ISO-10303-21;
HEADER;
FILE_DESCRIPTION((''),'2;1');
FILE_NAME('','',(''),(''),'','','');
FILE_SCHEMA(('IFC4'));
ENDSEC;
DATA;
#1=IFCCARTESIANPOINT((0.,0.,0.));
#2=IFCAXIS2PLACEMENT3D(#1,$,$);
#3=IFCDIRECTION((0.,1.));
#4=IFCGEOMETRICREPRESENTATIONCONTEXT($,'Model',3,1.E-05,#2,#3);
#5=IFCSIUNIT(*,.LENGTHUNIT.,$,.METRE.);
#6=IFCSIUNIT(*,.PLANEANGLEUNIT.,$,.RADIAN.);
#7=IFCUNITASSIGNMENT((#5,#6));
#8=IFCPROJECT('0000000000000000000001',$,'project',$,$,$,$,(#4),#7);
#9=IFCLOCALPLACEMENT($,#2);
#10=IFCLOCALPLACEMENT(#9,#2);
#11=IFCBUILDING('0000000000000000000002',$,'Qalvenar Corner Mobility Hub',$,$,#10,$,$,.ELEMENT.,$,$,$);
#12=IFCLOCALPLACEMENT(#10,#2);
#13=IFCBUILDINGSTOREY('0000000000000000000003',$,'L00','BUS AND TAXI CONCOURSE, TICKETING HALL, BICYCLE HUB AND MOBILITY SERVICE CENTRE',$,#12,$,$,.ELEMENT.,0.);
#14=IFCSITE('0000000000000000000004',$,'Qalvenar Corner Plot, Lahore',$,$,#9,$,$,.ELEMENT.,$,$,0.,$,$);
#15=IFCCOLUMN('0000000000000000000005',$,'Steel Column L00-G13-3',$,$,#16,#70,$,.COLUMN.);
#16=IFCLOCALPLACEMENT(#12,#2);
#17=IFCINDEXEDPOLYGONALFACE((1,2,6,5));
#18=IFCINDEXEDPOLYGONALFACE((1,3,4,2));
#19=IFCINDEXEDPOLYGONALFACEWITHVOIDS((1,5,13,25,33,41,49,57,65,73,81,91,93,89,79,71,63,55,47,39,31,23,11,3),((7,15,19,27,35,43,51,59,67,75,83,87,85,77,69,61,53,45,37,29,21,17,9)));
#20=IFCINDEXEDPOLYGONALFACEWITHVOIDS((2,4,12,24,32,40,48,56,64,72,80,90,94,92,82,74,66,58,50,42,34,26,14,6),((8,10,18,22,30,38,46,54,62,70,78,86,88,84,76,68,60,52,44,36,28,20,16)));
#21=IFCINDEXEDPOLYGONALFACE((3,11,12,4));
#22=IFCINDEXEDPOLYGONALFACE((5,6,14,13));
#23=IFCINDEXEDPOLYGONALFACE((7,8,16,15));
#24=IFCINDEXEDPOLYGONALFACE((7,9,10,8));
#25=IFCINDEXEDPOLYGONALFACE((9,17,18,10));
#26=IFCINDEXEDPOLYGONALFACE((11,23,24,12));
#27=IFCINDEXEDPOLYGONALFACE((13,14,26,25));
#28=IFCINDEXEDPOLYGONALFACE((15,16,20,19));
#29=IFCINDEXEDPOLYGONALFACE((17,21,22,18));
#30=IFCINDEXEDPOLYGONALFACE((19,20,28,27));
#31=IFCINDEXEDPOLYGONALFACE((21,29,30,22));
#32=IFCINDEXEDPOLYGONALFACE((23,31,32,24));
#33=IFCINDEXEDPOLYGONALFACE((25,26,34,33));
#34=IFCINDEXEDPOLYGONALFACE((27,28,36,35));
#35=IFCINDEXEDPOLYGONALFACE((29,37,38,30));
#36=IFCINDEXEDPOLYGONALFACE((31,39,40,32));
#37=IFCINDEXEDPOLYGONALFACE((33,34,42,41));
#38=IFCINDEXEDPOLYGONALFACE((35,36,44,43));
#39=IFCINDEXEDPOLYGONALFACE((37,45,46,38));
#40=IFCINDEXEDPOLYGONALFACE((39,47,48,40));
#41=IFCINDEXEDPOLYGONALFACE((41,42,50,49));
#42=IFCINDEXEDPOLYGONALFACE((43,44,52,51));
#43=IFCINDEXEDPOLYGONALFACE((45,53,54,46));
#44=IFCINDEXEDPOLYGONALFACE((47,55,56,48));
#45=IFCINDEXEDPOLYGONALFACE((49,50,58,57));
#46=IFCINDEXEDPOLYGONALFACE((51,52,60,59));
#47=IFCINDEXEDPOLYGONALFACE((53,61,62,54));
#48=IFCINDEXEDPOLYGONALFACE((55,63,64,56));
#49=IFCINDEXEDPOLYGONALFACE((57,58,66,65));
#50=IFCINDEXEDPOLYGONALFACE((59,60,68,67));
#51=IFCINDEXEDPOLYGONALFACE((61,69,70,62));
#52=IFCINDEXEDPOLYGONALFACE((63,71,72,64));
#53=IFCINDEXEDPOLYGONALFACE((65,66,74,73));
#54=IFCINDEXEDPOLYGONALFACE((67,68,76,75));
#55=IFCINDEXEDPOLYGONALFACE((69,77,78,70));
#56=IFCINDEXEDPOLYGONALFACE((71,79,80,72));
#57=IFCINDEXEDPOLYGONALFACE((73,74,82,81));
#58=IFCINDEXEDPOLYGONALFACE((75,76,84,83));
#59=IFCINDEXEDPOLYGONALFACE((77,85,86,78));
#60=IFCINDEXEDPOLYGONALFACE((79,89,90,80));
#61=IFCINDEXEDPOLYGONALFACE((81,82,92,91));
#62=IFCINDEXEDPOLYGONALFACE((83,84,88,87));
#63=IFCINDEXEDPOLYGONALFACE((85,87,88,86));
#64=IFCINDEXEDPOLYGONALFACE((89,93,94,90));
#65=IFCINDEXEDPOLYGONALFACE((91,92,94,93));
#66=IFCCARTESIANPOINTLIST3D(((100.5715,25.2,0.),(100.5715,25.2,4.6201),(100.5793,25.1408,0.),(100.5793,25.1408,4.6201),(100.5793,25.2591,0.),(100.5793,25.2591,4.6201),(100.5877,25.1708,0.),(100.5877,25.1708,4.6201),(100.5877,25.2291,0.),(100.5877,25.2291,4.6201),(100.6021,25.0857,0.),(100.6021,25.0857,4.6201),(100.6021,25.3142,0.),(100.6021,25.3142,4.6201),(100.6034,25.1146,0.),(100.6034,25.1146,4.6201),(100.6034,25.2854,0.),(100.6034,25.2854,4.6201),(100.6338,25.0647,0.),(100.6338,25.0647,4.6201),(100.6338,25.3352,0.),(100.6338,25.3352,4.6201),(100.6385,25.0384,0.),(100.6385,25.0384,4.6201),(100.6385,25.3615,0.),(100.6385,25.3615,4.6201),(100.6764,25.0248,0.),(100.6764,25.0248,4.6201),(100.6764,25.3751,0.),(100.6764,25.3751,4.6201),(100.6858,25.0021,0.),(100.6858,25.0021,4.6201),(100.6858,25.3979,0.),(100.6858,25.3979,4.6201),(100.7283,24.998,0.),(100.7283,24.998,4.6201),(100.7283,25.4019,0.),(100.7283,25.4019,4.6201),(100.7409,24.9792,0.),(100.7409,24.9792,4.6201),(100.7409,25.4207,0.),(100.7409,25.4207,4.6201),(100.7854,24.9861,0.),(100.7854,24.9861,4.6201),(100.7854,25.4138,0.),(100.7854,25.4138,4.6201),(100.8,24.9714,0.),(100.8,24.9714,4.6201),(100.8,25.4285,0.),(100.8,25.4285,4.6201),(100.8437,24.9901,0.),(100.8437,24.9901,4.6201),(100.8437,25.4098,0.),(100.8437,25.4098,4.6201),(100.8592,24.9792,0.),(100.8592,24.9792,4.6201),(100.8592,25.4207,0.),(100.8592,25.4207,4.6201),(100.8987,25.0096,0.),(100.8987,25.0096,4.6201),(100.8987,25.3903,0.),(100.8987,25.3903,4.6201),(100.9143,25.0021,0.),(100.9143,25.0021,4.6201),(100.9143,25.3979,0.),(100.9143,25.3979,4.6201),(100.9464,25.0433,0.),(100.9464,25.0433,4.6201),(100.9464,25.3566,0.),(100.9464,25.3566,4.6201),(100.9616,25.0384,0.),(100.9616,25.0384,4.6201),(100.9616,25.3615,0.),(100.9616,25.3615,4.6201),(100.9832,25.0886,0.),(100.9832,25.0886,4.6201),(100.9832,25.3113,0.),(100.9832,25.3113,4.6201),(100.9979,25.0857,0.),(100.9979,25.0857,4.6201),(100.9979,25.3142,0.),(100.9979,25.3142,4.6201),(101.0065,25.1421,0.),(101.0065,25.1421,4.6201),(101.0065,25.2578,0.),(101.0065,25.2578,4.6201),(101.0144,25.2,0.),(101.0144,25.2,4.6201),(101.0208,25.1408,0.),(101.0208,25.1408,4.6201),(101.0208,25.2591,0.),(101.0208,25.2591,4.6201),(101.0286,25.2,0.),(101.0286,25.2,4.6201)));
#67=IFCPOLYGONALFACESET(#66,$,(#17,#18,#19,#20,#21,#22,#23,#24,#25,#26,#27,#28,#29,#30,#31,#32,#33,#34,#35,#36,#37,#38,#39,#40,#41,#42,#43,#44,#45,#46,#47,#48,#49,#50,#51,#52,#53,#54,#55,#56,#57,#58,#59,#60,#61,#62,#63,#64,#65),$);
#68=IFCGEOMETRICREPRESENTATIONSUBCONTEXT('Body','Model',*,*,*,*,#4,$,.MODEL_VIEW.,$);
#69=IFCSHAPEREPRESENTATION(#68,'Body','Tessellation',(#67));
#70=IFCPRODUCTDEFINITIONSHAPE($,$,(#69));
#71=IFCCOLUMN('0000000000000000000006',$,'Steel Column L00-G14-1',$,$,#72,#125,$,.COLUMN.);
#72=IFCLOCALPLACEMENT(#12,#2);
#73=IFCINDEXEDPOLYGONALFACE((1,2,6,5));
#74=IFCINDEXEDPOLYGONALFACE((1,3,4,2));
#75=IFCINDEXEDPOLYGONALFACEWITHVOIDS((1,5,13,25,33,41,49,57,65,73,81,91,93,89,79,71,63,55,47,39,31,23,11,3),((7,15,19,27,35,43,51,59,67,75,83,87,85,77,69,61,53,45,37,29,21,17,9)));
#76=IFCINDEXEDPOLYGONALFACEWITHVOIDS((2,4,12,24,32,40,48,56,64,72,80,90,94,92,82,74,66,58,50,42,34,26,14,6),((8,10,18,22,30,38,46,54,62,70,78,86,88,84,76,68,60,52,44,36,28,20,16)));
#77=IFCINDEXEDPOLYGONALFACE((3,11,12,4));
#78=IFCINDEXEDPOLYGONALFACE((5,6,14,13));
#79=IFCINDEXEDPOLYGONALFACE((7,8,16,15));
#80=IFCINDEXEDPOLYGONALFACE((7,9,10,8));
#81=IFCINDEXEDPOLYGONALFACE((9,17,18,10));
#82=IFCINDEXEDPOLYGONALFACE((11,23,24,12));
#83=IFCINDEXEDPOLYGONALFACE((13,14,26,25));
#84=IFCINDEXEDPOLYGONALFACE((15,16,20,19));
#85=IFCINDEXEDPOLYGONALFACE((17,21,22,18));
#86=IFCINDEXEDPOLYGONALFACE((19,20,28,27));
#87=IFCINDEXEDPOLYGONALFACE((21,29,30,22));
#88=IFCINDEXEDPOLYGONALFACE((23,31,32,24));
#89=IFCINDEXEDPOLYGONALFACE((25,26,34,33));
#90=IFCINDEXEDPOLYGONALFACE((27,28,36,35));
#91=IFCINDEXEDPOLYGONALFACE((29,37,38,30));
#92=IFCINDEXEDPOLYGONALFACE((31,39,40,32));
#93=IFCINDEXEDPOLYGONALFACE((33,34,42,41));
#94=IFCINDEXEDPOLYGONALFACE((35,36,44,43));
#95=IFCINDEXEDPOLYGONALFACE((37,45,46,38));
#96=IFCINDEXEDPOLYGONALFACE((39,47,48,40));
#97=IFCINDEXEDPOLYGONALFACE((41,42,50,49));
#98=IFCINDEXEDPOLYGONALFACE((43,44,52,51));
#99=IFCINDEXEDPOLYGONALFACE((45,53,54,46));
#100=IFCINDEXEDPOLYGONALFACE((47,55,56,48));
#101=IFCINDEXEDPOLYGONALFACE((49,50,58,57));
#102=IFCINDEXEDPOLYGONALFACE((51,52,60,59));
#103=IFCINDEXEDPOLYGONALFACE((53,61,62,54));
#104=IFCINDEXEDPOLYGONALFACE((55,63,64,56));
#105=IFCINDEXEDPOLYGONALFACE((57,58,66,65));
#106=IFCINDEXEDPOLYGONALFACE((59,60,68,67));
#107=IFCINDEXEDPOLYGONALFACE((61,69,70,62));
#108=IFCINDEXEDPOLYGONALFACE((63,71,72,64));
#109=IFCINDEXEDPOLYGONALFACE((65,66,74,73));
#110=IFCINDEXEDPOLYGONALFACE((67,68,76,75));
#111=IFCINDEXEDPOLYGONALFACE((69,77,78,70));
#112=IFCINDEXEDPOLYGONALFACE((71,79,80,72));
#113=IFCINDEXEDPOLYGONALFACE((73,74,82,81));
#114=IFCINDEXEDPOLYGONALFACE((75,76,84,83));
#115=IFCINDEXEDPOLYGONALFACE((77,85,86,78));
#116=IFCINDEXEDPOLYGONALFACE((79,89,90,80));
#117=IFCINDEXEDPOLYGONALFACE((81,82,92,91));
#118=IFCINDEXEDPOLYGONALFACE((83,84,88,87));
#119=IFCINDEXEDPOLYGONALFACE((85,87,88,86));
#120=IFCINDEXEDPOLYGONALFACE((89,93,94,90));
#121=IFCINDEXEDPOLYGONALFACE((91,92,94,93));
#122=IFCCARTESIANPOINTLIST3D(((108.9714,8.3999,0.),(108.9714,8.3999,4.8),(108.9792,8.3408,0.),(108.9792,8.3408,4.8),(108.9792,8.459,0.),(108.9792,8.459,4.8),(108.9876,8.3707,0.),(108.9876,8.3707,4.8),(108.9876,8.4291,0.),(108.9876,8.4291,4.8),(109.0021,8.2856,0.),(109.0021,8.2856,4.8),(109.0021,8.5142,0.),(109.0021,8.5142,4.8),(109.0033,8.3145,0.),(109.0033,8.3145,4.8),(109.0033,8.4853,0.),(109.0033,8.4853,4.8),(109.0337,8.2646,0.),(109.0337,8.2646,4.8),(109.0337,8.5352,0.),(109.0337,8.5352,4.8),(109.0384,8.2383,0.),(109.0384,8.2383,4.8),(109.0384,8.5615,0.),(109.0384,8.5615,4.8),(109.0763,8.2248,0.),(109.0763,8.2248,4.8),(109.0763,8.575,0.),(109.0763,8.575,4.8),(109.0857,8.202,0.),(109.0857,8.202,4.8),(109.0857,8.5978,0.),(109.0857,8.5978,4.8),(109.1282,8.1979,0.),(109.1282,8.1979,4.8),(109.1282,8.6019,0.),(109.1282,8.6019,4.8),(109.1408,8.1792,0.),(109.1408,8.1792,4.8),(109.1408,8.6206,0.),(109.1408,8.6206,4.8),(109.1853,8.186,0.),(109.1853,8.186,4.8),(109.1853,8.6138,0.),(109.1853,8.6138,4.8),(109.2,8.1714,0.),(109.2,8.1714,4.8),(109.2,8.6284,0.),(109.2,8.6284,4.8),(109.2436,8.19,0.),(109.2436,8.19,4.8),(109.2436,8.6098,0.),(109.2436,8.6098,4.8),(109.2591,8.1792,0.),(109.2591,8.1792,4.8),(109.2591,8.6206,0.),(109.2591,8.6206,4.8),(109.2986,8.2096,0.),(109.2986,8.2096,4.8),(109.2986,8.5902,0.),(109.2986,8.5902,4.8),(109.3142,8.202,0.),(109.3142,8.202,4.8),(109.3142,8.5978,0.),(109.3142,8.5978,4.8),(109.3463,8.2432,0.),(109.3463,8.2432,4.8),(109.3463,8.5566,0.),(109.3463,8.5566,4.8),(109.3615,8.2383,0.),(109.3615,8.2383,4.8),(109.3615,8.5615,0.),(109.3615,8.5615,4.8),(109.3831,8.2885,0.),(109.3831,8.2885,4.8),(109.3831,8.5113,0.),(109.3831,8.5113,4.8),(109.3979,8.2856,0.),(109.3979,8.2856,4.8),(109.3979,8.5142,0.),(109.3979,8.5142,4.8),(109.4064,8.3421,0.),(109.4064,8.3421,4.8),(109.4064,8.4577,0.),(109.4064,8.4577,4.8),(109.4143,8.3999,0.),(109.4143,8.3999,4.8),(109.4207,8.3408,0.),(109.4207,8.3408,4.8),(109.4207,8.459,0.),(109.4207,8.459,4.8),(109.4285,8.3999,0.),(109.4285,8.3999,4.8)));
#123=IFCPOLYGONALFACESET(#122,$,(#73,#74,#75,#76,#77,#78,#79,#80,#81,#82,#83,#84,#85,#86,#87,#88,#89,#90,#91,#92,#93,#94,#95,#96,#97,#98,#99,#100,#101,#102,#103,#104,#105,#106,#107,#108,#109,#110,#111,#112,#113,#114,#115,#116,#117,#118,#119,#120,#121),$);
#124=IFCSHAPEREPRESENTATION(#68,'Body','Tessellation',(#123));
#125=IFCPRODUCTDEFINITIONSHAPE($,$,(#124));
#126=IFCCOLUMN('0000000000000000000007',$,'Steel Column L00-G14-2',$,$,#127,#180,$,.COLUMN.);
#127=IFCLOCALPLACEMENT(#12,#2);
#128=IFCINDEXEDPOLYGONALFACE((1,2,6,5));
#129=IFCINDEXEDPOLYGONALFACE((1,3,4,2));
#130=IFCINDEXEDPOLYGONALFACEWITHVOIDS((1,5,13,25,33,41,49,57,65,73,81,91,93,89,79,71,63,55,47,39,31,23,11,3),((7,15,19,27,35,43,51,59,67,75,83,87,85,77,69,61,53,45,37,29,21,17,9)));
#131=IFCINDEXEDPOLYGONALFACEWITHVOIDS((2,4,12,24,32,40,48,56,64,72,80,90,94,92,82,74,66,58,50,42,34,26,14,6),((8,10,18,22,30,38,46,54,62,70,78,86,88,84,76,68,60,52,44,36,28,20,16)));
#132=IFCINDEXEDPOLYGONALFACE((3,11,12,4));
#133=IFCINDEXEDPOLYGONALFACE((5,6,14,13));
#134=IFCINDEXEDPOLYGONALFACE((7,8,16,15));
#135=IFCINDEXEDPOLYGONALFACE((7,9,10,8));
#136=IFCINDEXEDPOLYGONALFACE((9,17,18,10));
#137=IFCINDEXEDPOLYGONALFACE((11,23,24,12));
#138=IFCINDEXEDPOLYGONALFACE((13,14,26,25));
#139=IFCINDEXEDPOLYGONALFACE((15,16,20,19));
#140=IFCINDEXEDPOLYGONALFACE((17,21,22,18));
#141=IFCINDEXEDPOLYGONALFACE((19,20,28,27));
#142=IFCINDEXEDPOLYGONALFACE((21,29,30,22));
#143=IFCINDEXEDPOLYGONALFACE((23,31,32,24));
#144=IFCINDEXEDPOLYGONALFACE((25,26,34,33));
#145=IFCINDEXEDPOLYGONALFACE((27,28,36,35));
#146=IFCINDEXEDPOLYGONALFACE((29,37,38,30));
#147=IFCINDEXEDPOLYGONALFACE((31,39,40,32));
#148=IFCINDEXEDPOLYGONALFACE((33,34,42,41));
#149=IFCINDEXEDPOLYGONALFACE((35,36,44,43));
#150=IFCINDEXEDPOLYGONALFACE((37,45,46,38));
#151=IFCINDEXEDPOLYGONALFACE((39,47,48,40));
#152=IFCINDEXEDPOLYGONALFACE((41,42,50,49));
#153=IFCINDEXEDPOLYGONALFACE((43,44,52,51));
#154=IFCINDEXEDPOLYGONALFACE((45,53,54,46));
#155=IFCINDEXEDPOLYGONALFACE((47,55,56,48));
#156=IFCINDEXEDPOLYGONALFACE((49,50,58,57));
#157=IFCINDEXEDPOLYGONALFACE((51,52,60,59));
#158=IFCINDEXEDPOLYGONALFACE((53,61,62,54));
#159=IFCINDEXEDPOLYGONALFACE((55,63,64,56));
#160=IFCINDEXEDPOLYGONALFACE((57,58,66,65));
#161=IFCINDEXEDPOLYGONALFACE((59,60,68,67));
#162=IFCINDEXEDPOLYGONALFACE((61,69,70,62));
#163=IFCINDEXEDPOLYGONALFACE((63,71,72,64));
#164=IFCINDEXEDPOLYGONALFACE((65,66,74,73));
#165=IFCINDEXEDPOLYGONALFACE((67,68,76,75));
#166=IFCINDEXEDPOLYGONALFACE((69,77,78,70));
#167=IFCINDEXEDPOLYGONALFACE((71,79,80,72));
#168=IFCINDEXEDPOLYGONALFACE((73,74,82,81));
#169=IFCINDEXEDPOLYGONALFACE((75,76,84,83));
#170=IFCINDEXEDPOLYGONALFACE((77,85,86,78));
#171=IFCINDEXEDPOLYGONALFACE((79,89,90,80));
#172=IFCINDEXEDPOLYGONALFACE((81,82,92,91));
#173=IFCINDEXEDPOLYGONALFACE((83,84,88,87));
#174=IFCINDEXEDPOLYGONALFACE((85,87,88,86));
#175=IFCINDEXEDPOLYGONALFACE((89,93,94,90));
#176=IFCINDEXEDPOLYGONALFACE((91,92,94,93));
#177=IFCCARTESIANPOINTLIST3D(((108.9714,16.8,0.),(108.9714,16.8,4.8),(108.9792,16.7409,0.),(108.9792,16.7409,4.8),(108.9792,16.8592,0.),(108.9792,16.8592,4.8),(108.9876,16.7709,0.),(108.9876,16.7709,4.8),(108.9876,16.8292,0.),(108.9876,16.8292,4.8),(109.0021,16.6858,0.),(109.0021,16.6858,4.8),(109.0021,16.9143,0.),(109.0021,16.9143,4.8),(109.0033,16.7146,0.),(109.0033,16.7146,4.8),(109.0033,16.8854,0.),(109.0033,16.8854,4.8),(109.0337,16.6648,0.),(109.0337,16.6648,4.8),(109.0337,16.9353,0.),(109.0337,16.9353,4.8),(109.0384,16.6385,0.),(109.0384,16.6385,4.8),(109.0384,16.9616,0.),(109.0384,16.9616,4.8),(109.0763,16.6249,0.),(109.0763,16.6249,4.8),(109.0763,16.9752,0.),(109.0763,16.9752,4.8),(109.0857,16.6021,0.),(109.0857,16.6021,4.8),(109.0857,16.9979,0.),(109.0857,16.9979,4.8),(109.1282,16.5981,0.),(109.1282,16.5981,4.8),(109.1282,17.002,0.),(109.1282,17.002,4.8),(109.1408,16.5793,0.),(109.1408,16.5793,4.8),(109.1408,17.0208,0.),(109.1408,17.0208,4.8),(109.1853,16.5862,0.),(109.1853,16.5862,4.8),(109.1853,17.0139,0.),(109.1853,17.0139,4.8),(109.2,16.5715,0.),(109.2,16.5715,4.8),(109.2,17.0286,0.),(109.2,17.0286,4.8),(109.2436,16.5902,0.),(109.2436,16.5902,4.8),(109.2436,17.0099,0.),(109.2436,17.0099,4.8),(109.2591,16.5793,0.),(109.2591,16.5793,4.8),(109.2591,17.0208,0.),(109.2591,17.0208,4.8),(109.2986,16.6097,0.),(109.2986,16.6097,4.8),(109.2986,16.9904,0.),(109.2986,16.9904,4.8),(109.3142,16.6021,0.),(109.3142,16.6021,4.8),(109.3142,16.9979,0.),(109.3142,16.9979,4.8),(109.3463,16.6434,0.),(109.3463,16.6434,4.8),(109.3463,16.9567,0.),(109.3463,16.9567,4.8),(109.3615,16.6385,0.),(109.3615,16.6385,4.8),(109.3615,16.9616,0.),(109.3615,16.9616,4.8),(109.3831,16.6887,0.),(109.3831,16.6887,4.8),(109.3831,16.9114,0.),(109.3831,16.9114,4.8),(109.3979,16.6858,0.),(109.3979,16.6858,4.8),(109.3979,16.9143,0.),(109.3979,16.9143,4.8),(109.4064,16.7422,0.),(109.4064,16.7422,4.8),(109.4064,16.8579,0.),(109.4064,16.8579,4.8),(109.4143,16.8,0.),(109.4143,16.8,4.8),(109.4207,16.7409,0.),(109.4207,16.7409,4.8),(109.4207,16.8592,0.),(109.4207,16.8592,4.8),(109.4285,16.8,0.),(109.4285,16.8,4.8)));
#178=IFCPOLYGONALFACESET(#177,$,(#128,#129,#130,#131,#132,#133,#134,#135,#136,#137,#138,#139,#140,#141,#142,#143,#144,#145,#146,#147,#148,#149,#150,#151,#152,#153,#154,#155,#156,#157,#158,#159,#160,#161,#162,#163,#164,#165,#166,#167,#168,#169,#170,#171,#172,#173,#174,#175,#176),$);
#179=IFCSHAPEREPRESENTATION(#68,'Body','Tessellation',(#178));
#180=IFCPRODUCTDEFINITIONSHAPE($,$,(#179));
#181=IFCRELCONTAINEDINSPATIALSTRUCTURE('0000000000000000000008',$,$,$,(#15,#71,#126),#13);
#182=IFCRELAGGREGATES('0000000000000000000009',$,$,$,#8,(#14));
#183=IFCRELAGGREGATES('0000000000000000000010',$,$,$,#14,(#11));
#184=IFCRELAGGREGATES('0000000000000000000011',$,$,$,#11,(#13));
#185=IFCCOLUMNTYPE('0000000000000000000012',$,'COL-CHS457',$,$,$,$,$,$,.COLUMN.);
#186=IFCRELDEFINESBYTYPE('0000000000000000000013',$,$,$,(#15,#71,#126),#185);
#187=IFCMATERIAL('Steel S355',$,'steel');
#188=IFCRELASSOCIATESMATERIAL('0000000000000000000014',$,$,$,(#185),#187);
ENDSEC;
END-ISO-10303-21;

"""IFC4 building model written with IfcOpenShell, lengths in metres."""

from ifc_helpers import new_model, si_unit, direction, frame, origin, origin_2d, place, context, subcontext, project, spatial, hollow_circle, extrude, material, material_profile, profile_set, type_object, element, save


model = new_model("IFC4")

# Units and contexts
model_context = context("Model", 3, precision=1e-05, world=origin(), true_north=direction((0.0, 1.0)))
body_context = subcontext(model_context, "Body", "Model", "MODEL_VIEW")
ifc_project = project(units=[si_unit("LENGTHUNIT", "METRE"), si_unit("PLANEANGLEUNIT", "RADIAN")], contexts=[model_context])

# Site, building, storey
site_placement = place(None, origin())
site = spatial("IfcSite", under=ifc_project, at=site_placement, Name="Qalvenar Corner Plot, Lahore", CompositionType="ELEMENT", RefElevation=0.0)
building_placement = place(site_placement, origin())
building = spatial("IfcBuilding", under=site, at=building_placement, Name="Qalvenar Corner Mobility Hub", CompositionType="ELEMENT")
storey_placement = place(building_placement, origin())
storey = spatial("IfcBuildingStorey", under=building, at=storey_placement, Name="L00", Description="BUS AND TAXI CONCOURSE, TICKETING HALL, BICYCLE HUB AND MOBILITY SERVICE CENTRE", CompositionType="ELEMENT", Elevation=0.0)

# Columns
ifc_material_1 = material(Name="Steel S355", Category="steel")
ifc_material_profile_1 = material_profile(ifc_material_1, hollow_circle(Radius=0.2285, WallThickness=0.0142, at=origin_2d()), Name="CHS457x14.2")
ifc_profile_set_1 = profile_set([ifc_material_profile_1], Name="Steel S355")
column_type = type_object("IfcColumnType", Name="COL-CHS457", PredefinedType="COLUMN", material=ifc_profile_set_1)
column_placement = place(storey_placement, frame((100.8, 25.2, 0.0), z_axis=(0.0, 0.0, 1.0), x_axis=(1.0, 0.0, 0.0)))
element("IfcColumn", 1, at=column_placement, inside=storey, type_object=column_type, Name="Steel Column L00-G13-3", PredefinedType="COLUMN", context=body_context, shape_type="SweptSolid", body=[
    extrude(hollow_circle(Radius=0.2285, WallThickness=0.0142, at=origin_2d()), origin(), (0.0, 0.0, 1.0), 4.6201),
])
for number, where, z_axis, x_axis, name in (
    (2, (109.2, 8.3999, 0.0), (0.0, 0.0, 1.0), (1.0, 0.0, 0.0), "Steel Column L00-G14-1"),
    (3, (109.2, 16.8, 0.0), (0.0, 0.0, 1.0), (1.0, 0.0, 0.0), "Steel Column L00-G14-2"),
):
    element("IfcColumn", number, at=place(storey_placement, frame(where, z_axis=z_axis, x_axis=x_axis)), inside=storey, type_object=column_type, Name=name, PredefinedType="COLUMN", context=body_context, shape_type="SweptSolid", body=[
        extrude(hollow_circle(Radius=0.2285, WallThickness=0.0142, at=origin_2d()), origin(), (0.0, 0.0, 1.0), 4.8),
    ])

save(model, "model.ifc")
